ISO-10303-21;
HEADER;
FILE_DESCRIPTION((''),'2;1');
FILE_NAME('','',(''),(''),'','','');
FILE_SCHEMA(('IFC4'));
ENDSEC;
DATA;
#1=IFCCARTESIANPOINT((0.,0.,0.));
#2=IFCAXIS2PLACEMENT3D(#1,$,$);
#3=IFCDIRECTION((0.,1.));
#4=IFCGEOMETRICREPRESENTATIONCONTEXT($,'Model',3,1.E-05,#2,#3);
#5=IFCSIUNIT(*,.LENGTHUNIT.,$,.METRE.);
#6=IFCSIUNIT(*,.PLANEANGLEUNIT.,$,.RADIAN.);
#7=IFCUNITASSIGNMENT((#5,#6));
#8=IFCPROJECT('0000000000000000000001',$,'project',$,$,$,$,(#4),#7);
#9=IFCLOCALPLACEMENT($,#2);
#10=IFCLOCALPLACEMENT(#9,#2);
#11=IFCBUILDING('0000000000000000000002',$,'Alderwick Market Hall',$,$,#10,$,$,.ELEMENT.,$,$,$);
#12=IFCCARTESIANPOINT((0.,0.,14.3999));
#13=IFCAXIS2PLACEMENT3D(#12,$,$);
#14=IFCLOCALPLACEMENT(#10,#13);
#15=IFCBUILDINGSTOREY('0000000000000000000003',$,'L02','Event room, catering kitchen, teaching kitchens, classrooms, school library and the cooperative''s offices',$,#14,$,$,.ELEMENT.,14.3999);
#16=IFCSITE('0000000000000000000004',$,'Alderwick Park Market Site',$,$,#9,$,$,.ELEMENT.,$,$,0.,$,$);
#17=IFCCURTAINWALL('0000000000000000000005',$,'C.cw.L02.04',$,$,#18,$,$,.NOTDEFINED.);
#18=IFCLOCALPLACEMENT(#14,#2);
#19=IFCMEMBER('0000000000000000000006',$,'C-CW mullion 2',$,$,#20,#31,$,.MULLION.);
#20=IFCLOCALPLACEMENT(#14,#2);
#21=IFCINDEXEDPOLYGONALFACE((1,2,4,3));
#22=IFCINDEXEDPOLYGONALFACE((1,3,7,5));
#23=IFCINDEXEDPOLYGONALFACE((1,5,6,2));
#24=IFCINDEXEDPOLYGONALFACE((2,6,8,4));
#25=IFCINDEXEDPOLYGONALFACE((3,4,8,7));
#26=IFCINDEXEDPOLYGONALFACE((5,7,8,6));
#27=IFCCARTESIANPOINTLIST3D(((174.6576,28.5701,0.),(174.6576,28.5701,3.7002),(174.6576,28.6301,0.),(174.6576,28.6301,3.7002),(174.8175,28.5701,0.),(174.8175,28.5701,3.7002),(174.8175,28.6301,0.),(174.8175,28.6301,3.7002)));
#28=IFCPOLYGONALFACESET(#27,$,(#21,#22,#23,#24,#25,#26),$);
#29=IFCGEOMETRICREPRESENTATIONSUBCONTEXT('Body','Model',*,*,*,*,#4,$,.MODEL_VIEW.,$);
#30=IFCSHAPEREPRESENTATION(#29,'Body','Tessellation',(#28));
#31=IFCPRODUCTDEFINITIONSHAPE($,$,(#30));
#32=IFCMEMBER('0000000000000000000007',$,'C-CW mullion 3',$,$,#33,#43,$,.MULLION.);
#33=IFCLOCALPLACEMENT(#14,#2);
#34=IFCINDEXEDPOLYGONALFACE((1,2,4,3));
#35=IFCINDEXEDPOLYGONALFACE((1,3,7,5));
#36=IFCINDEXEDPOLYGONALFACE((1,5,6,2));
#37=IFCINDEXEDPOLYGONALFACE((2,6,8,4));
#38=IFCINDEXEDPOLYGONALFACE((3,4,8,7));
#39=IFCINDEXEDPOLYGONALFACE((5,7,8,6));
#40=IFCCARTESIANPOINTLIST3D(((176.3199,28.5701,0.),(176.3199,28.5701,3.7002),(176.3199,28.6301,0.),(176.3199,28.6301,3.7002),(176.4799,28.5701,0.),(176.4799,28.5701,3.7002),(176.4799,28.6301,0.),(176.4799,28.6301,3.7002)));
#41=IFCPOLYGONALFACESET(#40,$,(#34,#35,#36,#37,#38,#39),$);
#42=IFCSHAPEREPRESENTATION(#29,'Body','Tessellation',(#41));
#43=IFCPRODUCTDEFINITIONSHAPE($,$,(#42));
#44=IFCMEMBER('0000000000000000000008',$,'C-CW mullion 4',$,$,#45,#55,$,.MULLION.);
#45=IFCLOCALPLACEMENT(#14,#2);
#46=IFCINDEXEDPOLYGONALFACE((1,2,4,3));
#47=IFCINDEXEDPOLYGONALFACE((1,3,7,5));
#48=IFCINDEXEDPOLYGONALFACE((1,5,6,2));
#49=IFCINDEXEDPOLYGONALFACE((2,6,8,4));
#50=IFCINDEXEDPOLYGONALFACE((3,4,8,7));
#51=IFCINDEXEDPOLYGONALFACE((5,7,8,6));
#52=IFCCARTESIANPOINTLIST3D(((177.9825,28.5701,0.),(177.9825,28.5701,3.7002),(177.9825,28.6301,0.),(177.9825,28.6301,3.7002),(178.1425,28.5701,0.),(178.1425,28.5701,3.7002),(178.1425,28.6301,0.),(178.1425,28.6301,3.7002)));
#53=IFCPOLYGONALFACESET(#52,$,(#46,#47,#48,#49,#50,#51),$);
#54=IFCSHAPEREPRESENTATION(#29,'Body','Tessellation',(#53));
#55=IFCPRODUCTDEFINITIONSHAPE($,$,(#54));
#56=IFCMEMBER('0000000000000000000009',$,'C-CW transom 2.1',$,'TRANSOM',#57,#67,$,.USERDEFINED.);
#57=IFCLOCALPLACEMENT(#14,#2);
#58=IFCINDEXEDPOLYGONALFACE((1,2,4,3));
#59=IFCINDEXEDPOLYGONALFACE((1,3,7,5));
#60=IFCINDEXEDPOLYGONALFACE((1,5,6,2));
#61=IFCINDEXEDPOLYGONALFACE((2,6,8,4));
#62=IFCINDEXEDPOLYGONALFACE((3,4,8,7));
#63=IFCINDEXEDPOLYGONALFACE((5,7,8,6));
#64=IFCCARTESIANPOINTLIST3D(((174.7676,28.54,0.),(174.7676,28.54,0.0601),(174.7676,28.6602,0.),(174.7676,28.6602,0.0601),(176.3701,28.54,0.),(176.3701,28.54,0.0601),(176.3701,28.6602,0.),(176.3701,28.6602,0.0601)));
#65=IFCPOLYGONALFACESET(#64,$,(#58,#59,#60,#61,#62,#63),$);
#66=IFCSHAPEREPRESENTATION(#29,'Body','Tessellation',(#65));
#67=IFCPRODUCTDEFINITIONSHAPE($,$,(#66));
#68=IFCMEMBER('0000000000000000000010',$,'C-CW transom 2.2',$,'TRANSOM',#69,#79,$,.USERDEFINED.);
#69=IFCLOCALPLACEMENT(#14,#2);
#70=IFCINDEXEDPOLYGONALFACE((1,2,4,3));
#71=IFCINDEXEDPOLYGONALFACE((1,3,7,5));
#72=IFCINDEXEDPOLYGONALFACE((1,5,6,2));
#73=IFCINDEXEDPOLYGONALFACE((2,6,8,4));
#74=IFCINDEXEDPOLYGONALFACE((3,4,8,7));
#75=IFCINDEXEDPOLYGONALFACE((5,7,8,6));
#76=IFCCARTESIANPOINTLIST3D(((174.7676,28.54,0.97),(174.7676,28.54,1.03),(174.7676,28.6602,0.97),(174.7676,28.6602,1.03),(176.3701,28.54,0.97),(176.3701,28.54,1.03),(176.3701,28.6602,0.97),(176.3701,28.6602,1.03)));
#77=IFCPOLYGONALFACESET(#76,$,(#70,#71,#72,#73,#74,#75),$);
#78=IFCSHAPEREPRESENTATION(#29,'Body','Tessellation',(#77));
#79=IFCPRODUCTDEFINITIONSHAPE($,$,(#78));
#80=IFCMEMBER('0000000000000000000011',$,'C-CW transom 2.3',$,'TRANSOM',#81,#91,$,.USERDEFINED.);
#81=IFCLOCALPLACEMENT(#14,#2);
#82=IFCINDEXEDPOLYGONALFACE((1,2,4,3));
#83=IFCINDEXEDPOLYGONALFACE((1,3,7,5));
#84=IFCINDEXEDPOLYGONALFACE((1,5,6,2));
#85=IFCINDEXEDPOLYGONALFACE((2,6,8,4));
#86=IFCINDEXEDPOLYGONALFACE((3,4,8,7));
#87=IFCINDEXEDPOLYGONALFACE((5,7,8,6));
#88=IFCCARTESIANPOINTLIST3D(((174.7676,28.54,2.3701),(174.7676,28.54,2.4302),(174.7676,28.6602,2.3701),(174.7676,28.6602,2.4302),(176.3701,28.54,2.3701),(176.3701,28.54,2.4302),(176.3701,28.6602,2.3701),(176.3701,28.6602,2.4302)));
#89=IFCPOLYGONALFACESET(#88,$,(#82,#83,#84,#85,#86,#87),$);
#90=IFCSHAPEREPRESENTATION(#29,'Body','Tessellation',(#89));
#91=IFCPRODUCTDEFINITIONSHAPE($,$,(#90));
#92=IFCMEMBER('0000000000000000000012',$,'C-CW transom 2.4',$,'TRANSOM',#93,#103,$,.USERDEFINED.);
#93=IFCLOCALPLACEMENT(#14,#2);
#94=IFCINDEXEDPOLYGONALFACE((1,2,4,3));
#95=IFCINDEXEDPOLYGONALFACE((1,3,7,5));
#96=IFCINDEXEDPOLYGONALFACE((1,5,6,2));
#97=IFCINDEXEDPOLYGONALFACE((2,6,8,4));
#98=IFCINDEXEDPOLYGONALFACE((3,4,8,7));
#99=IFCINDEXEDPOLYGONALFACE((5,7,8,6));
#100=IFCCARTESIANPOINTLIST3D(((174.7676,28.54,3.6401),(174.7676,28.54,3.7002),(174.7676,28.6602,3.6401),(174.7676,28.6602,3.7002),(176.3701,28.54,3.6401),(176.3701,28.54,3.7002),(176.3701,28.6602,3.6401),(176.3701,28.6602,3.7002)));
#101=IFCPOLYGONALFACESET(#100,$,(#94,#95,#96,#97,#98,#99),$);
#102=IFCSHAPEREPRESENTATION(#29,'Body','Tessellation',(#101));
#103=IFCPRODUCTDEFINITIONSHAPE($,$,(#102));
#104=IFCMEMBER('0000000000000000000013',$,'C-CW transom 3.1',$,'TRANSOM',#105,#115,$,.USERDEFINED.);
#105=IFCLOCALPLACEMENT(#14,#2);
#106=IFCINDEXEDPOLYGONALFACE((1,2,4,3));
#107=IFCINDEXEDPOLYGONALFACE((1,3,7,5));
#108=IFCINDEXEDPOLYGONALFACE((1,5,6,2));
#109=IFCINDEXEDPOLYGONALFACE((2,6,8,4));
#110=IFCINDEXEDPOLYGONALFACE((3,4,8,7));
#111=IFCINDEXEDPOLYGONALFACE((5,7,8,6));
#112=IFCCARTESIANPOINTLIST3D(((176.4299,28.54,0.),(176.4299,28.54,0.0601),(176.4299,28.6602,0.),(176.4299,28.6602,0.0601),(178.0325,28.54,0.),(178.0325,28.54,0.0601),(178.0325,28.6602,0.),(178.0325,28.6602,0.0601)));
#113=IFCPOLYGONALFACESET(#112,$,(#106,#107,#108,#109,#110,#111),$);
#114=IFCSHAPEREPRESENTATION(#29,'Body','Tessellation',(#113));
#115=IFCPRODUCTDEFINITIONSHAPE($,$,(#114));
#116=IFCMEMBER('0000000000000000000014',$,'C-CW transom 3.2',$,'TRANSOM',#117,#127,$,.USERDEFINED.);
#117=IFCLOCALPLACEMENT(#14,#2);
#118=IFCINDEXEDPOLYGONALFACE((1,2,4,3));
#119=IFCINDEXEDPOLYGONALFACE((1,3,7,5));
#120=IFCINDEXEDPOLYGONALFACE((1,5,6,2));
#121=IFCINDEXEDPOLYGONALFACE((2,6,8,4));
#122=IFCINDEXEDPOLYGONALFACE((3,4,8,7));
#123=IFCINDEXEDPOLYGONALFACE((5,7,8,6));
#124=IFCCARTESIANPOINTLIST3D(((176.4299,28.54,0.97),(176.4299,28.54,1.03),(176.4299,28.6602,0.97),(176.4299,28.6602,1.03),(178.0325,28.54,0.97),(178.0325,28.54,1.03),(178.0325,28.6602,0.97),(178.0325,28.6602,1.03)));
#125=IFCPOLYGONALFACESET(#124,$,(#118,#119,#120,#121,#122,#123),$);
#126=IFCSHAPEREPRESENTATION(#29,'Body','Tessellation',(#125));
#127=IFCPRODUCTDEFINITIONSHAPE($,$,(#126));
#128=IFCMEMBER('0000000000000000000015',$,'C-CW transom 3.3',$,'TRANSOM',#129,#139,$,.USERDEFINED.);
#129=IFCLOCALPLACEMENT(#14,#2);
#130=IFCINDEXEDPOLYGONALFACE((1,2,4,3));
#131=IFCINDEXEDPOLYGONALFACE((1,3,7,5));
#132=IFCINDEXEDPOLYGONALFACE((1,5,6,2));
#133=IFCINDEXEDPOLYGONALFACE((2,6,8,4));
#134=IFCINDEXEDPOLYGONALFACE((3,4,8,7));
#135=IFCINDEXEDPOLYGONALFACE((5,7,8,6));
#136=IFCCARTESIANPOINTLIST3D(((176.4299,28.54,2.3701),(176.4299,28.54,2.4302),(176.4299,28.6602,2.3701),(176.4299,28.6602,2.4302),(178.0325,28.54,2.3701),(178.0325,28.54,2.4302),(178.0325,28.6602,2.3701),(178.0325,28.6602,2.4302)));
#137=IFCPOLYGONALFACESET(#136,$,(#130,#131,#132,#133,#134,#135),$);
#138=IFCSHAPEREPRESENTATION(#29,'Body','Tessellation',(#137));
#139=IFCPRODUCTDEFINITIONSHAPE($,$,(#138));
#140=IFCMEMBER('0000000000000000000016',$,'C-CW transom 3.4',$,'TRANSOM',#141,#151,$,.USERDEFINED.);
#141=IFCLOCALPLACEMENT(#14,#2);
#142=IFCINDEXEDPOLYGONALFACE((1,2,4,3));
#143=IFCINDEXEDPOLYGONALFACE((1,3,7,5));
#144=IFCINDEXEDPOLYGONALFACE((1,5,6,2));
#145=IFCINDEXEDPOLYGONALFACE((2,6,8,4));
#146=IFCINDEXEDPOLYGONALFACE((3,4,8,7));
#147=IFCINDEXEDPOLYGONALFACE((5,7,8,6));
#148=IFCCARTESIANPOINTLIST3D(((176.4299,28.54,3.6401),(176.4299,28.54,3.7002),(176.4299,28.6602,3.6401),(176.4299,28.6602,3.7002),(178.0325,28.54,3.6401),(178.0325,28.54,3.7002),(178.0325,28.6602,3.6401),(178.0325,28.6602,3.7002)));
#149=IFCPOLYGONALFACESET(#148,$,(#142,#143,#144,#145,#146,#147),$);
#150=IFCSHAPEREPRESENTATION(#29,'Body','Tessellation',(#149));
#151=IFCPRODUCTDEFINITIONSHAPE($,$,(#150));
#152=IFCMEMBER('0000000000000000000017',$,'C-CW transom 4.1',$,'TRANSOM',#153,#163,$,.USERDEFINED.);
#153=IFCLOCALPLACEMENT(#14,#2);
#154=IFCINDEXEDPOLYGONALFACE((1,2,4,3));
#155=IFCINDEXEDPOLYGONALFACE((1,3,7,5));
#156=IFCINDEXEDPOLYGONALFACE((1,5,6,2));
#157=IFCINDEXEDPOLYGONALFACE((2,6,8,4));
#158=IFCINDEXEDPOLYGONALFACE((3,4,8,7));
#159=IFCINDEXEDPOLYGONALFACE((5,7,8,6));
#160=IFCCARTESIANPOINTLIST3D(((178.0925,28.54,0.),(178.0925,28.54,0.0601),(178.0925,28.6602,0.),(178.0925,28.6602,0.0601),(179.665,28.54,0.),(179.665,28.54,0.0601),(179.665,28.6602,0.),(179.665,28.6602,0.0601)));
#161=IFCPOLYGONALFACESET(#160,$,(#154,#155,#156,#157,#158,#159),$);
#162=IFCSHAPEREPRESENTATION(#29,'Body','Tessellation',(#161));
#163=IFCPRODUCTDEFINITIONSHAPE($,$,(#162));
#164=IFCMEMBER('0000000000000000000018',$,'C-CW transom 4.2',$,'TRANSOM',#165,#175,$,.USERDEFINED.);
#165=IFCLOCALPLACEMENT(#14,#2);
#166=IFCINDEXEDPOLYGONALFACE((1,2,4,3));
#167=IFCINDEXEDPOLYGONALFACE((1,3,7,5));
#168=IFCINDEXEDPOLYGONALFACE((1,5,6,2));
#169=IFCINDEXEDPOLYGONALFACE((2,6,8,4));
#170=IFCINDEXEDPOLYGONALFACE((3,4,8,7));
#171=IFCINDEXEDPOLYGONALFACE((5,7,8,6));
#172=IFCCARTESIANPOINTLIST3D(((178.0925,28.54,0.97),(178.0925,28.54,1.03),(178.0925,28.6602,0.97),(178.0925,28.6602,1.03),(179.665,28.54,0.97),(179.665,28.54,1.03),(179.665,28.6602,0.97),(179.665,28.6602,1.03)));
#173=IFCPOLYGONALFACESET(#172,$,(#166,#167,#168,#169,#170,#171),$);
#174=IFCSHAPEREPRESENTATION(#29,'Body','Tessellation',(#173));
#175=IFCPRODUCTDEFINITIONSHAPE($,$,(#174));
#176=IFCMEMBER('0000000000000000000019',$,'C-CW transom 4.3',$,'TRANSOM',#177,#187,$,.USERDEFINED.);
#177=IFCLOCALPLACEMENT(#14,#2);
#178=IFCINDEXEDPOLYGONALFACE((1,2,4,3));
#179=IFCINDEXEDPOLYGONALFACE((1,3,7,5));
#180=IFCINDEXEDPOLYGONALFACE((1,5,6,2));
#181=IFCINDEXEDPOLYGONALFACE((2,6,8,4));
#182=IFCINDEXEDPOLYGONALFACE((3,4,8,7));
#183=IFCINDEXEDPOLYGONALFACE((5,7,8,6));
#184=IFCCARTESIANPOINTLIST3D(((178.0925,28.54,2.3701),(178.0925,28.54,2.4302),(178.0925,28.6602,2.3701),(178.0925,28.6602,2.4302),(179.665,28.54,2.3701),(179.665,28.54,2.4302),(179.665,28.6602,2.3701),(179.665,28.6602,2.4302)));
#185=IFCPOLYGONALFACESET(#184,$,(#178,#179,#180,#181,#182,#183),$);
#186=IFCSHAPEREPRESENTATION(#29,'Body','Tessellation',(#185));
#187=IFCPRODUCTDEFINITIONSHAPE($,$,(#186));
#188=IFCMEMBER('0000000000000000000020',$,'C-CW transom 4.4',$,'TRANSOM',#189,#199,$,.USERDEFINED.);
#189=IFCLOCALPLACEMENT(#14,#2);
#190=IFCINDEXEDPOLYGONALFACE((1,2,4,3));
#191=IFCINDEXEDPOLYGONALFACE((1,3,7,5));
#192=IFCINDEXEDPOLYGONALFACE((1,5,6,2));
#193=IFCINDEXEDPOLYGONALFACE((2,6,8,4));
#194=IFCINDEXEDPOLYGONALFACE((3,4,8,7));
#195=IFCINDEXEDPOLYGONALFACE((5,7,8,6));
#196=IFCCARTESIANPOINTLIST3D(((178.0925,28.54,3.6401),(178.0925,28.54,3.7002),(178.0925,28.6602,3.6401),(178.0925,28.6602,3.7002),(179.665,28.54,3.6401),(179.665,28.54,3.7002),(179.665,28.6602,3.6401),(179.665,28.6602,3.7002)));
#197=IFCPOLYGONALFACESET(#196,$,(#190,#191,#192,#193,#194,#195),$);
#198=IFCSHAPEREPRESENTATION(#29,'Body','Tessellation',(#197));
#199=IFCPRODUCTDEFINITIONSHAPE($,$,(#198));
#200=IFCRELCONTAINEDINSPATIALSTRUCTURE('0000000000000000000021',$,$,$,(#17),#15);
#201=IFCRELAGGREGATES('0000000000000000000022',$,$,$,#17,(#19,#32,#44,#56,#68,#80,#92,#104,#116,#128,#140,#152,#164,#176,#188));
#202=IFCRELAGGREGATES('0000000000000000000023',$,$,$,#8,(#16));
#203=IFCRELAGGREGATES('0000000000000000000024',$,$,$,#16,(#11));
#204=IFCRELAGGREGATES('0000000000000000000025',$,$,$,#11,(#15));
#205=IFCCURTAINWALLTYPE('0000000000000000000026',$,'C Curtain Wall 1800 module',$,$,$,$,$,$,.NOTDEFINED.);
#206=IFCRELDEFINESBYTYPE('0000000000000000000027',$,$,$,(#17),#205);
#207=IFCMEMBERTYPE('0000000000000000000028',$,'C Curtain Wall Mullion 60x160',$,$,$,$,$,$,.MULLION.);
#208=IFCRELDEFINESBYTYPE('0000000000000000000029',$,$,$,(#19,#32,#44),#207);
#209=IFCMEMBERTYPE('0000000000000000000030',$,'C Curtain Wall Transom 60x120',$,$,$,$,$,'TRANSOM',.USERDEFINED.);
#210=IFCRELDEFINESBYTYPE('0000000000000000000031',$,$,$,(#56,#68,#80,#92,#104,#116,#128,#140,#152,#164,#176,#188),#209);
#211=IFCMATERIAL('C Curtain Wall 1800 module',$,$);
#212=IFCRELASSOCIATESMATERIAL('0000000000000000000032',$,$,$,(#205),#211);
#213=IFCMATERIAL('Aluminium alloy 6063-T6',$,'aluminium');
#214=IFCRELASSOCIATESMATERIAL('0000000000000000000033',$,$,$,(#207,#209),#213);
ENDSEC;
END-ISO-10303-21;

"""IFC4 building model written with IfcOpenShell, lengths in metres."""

from ifc_helpers import new_model, si_unit, direction, frame, origin, origin_2d, place, context, subcontext, project, spatial, rectangle, extrude, material, material_profile, profile_set, type_object, element, aggregate, save


model = new_model("IFC4")

# Units and contexts
model_context = context("Model", 3, precision=1e-05, world=origin(), true_north=direction((0.0, 1.0)))
body_context = subcontext(model_context, "Body", "Model", "MODEL_VIEW")
ifc_project = project(units=[si_unit("LENGTHUNIT", "METRE"), si_unit("PLANEANGLEUNIT", "RADIAN")], contexts=[model_context])

# Site, building, storey
site_placement = place(None, origin())
site = spatial("IfcSite", under=ifc_project, at=site_placement, Name="Alderwick Park Market Site", CompositionType="ELEMENT", RefElevation=0.0)
building_placement = place(site_placement, origin())
building = spatial("IfcBuilding", under=site, at=building_placement, Name="Alderwick Market Hall", CompositionType="ELEMENT")
storey_placement = place(building_placement, frame((0.0, 0.0, 14.3999)))
storey = spatial("IfcBuildingStorey", under=building, at=storey_placement, Name="L02", Description="Event room, catering kitchen, teaching kitchens, classrooms, school library and the cooperative's offices", CompositionType="ELEMENT", Elevation=14.3999)

# Curtain wall, members
ifc_material_1 = material(Name="C Curtain Wall 1800 module")
curtain_wall_type = type_object("IfcCurtainWallType", Name="C Curtain Wall 1800 module", PredefinedType="NOTDEFINED", material=ifc_material_1)
curtain_wall_placement = place(storey_placement, origin())
curtain_wall = element("IfcCurtainWall", 1, at=curtain_wall_placement, inside=storey, type_object=curtain_wall_type, Name="C.cw.L02.04", PredefinedType="NOTDEFINED")
ifc_material_2 = material(Name="Aluminium alloy 6063-T6", Category="aluminium")
ifc_material_profile_1 = material_profile(ifc_material_2, rectangle(XDim=0.0601, YDim=0.1599, at=origin_2d()), Name="AL 60x160")
ifc_profile_set_1 = profile_set([ifc_material_profile_1], Name="Aluminium alloy 6063-T6")
member_type_1 = type_object("IfcMemberType", Name="C Curtain Wall Mullion 60x160", PredefinedType="MULLION", material=ifc_profile_set_1)
member_1_placement = place(storey_placement, frame((174.7375, 28.6001, 0.0), z_axis=(0.0, 0.0, 1.0), x_axis=(0.0, 1.0, 0.0)))
member_1 = element("IfcMember", 2, at=member_1_placement, type_object=member_type_1, Name="C-CW mullion 2", PredefinedType="MULLION", context=body_context, shape_type="SweptSolid", body=[
    extrude(rectangle(XDim=0.0601, YDim=0.1599, at=origin_2d()), origin(), (0.0, 0.0, 1.0), 3.7002),
])
member_2_placement = place(storey_placement, frame((176.3999, 28.6001, 0.0), z_axis=(0.0, 0.0, 1.0), x_axis=(0.0, 1.0, 0.0)))
member_2 = element("IfcMember", 3, at=member_2_placement, type_object=member_type_1, Name="C-CW mullion 3", PredefinedType="MULLION", context=body_context, shape_type="SweptSolid", body=[
    extrude(rectangle(XDim=0.0601, YDim=0.1599, at=origin_2d()), origin(), (0.0, 0.0, 1.0), 3.7002),
])
member_3_placement = place(storey_placement, frame((178.0625, 28.6001, 0.0), z_axis=(0.0, 0.0, 1.0), x_axis=(0.0, 1.0, 0.0)))
member_3 = element("IfcMember", 4, at=member_3_placement, type_object=member_type_1, Name="C-CW mullion 4", PredefinedType="MULLION", context=body_context, shape_type="SweptSolid", body=[
    extrude(rectangle(XDim=0.0601, YDim=0.1599, at=origin_2d()), origin(), (0.0, 0.0, 1.0), 3.7002),
])
ifc_material_profile_2 = material_profile(ifc_material_2, rectangle(XDim=0.1201, YDim=0.0601, at=origin_2d()), Name="AL 60x120")
ifc_profile_set_2 = profile_set([ifc_material_profile_2], Name="Aluminium alloy 6063-T6")
member_type_2 = type_object("IfcMemberType", Name="C Curtain Wall Transom 60x120", ElementType="TRANSOM", PredefinedType="USERDEFINED", material=ifc_profile_set_2)
member_4_placement = place(storey_placement, frame((174.7676, 28.6001, 0.03), z_axis=(1.0, 0.0, 0.0), x_axis=(0.0, 1.0, 0.0)))
member_4 = element("IfcMember", 5, at=member_4_placement, type_object=member_type_2, Name="C-CW transom 2.1", ObjectType="TRANSOM", PredefinedType="USERDEFINED", context=body_context, shape_type="SweptSolid", body=[
    extrude(rectangle(XDim=0.1201, YDim=0.0601, at=origin_2d()), origin(), (0.0, 0.0, 1.0), 1.6025),
])
member_5_placement = place(storey_placement, frame((174.7676, 28.6001, 1.0), z_axis=(1.0, 0.0, 0.0), x_axis=(0.0, 1.0, 0.0)))
member_5 = element("IfcMember", 6, at=member_5_placement, type_object=member_type_2, Name="C-CW transom 2.2", ObjectType="TRANSOM", PredefinedType="USERDEFINED", context=body_context, shape_type="SweptSolid", body=[
    extrude(rectangle(XDim=0.1201, YDim=0.0601, at=origin_2d()), origin(), (0.0, 0.0, 1.0), 1.6025),
])
member_6_placement = place(storey_placement, frame((174.7676, 28.6001, 2.4001), z_axis=(1.0, 0.0, 0.0), x_axis=(0.0, 1.0, 0.0)))
member_6 = element("IfcMember", 7, at=member_6_placement, type_object=member_type_2, Name="C-CW transom 2.3", ObjectType="TRANSOM", PredefinedType="USERDEFINED", context=body_context, shape_type="SweptSolid", body=[
    extrude(rectangle(XDim=0.1201, YDim=0.0601, at=origin_2d()), origin(), (0.0, 0.0, 1.0), 1.6025),
])
member_7_placement = place(storey_placement, frame((174.7676, 28.6001, 3.6702), z_axis=(1.0, 0.0, 0.0), x_axis=(0.0, 1.0, 0.0)))
member_7 = element("IfcMember", 8, at=member_7_placement, type_object=member_type_2, Name="C-CW transom 2.4", ObjectType="TRANSOM", PredefinedType="USERDEFINED", context=body_context, shape_type="SweptSolid", body=[
    extrude(rectangle(XDim=0.1201, YDim=0.0601, at=origin_2d()), origin(), (0.0, 0.0, 1.0), 1.6025),
])
member_8_placement = place(storey_placement, frame((176.4299, 28.6001, 0.03), z_axis=(1.0, 0.0, 0.0), x_axis=(0.0, 1.0, 0.0)))
member_8 = element("IfcMember", 9, at=member_8_placement, type_object=member_type_2, Name="C-CW transom 3.1", ObjectType="TRANSOM", PredefinedType="USERDEFINED", context=body_context, shape_type="SweptSolid", body=[
    extrude(rectangle(XDim=0.1201, YDim=0.0601, at=origin_2d()), origin(), (0.0, 0.0, 1.0), 1.6025),
])
member_9_placement = place(storey_placement, frame((176.4299, 28.6001, 1.0), z_axis=(1.0, 0.0, 0.0), x_axis=(0.0, 1.0, 0.0)))
member_9 = element("IfcMember", 10, at=member_9_placement, type_object=member_type_2, Name="C-CW transom 3.2", ObjectType="TRANSOM", PredefinedType="USERDEFINED", context=body_context, shape_type="SweptSolid", body=[
    extrude(rectangle(XDim=0.1201, YDim=0.0601, at=origin_2d()), origin(), (0.0, 0.0, 1.0), 1.6025),
])
member_10_placement = place(storey_placement, frame((176.4299, 28.6001, 2.4001), z_axis=(1.0, 0.0, 0.0), x_axis=(0.0, 1.0, 0.0)))
member_10 = element("IfcMember", 11, at=member_10_placement, type_object=member_type_2, Name="C-CW transom 3.3", ObjectType="TRANSOM", PredefinedType="USERDEFINED", context=body_context, shape_type="SweptSolid", body=[
    extrude(rectangle(XDim=0.1201, YDim=0.0601, at=origin_2d()), origin(), (0.0, 0.0, 1.0), 1.6025),
])
member_11_placement = place(storey_placement, frame((176.4299, 28.6001, 3.6702), z_axis=(1.0, 0.0, 0.0), x_axis=(0.0, 1.0, 0.0)))
member_11 = element("IfcMember", 12, at=member_11_placement, type_object=member_type_2, Name="C-CW transom 3.4", ObjectType="TRANSOM", PredefinedType="USERDEFINED", context=body_context, shape_type="SweptSolid", body=[
    extrude(rectangle(XDim=0.1201, YDim=0.0601, at=origin_2d()), origin(), (0.0, 0.0, 1.0), 1.6025),
])
member_12_placement = place(storey_placement, frame((178.0925, 28.6001, 0.03), z_axis=(1.0, 0.0, 0.0), x_axis=(0.0, 1.0, 0.0)))
member_12 = element("IfcMember", 13, at=member_12_placement, type_object=member_type_2, Name="C-CW transom 4.1", ObjectType="TRANSOM", PredefinedType="USERDEFINED", context=body_context, shape_type="SweptSolid", body=[
    extrude(rectangle(XDim=0.1201, YDim=0.0601, at=origin_2d()), origin(), (0.0, 0.0, 1.0), 1.5725),
])
member_13_placement = place(storey_placement, frame((178.0925, 28.6001, 1.0), z_axis=(1.0, 0.0, 0.0), x_axis=(0.0, 1.0, 0.0)))
member_13 = element("IfcMember", 14, at=member_13_placement, type_object=member_type_2, Name="C-CW transom 4.2", ObjectType="TRANSOM", PredefinedType="USERDEFINED", context=body_context, shape_type="SweptSolid", body=[
    extrude(rectangle(XDim=0.1201, YDim=0.0601, at=origin_2d()), origin(), (0.0, 0.0, 1.0), 1.5725),
])
member_14_placement = place(storey_placement, frame((178.0925, 28.6001, 2.4001), z_axis=(1.0, 0.0, 0.0), x_axis=(0.0, 1.0, 0.0)))
member_14 = element("IfcMember", 15, at=member_14_placement, type_object=member_type_2, Name="C-CW transom 4.3", ObjectType="TRANSOM", PredefinedType="USERDEFINED", context=body_context, shape_type="SweptSolid", body=[
    extrude(rectangle(XDim=0.1201, YDim=0.0601, at=origin_2d()), origin(), (0.0, 0.0, 1.0), 1.5725),
])
member_15_placement = place(storey_placement, frame((178.0925, 28.6001, 3.6702), z_axis=(1.0, 0.0, 0.0), x_axis=(0.0, 1.0, 0.0)))
member_15 = element("IfcMember", 16, at=member_15_placement, type_object=member_type_2, Name="C-CW transom 4.4", ObjectType="TRANSOM", PredefinedType="USERDEFINED", context=body_context, shape_type="SweptSolid", body=[
    extrude(rectangle(XDim=0.1201, YDim=0.0601, at=origin_2d()), origin(), (0.0, 0.0, 1.0), 1.5725),
])
aggregate(curtain_wall, [member_1, member_2, member_3, member_4, member_5, member_6, member_7, member_8, member_9, member_10, member_11, member_12, member_13, member_14, member_15])

save(model, "model.ifc")
